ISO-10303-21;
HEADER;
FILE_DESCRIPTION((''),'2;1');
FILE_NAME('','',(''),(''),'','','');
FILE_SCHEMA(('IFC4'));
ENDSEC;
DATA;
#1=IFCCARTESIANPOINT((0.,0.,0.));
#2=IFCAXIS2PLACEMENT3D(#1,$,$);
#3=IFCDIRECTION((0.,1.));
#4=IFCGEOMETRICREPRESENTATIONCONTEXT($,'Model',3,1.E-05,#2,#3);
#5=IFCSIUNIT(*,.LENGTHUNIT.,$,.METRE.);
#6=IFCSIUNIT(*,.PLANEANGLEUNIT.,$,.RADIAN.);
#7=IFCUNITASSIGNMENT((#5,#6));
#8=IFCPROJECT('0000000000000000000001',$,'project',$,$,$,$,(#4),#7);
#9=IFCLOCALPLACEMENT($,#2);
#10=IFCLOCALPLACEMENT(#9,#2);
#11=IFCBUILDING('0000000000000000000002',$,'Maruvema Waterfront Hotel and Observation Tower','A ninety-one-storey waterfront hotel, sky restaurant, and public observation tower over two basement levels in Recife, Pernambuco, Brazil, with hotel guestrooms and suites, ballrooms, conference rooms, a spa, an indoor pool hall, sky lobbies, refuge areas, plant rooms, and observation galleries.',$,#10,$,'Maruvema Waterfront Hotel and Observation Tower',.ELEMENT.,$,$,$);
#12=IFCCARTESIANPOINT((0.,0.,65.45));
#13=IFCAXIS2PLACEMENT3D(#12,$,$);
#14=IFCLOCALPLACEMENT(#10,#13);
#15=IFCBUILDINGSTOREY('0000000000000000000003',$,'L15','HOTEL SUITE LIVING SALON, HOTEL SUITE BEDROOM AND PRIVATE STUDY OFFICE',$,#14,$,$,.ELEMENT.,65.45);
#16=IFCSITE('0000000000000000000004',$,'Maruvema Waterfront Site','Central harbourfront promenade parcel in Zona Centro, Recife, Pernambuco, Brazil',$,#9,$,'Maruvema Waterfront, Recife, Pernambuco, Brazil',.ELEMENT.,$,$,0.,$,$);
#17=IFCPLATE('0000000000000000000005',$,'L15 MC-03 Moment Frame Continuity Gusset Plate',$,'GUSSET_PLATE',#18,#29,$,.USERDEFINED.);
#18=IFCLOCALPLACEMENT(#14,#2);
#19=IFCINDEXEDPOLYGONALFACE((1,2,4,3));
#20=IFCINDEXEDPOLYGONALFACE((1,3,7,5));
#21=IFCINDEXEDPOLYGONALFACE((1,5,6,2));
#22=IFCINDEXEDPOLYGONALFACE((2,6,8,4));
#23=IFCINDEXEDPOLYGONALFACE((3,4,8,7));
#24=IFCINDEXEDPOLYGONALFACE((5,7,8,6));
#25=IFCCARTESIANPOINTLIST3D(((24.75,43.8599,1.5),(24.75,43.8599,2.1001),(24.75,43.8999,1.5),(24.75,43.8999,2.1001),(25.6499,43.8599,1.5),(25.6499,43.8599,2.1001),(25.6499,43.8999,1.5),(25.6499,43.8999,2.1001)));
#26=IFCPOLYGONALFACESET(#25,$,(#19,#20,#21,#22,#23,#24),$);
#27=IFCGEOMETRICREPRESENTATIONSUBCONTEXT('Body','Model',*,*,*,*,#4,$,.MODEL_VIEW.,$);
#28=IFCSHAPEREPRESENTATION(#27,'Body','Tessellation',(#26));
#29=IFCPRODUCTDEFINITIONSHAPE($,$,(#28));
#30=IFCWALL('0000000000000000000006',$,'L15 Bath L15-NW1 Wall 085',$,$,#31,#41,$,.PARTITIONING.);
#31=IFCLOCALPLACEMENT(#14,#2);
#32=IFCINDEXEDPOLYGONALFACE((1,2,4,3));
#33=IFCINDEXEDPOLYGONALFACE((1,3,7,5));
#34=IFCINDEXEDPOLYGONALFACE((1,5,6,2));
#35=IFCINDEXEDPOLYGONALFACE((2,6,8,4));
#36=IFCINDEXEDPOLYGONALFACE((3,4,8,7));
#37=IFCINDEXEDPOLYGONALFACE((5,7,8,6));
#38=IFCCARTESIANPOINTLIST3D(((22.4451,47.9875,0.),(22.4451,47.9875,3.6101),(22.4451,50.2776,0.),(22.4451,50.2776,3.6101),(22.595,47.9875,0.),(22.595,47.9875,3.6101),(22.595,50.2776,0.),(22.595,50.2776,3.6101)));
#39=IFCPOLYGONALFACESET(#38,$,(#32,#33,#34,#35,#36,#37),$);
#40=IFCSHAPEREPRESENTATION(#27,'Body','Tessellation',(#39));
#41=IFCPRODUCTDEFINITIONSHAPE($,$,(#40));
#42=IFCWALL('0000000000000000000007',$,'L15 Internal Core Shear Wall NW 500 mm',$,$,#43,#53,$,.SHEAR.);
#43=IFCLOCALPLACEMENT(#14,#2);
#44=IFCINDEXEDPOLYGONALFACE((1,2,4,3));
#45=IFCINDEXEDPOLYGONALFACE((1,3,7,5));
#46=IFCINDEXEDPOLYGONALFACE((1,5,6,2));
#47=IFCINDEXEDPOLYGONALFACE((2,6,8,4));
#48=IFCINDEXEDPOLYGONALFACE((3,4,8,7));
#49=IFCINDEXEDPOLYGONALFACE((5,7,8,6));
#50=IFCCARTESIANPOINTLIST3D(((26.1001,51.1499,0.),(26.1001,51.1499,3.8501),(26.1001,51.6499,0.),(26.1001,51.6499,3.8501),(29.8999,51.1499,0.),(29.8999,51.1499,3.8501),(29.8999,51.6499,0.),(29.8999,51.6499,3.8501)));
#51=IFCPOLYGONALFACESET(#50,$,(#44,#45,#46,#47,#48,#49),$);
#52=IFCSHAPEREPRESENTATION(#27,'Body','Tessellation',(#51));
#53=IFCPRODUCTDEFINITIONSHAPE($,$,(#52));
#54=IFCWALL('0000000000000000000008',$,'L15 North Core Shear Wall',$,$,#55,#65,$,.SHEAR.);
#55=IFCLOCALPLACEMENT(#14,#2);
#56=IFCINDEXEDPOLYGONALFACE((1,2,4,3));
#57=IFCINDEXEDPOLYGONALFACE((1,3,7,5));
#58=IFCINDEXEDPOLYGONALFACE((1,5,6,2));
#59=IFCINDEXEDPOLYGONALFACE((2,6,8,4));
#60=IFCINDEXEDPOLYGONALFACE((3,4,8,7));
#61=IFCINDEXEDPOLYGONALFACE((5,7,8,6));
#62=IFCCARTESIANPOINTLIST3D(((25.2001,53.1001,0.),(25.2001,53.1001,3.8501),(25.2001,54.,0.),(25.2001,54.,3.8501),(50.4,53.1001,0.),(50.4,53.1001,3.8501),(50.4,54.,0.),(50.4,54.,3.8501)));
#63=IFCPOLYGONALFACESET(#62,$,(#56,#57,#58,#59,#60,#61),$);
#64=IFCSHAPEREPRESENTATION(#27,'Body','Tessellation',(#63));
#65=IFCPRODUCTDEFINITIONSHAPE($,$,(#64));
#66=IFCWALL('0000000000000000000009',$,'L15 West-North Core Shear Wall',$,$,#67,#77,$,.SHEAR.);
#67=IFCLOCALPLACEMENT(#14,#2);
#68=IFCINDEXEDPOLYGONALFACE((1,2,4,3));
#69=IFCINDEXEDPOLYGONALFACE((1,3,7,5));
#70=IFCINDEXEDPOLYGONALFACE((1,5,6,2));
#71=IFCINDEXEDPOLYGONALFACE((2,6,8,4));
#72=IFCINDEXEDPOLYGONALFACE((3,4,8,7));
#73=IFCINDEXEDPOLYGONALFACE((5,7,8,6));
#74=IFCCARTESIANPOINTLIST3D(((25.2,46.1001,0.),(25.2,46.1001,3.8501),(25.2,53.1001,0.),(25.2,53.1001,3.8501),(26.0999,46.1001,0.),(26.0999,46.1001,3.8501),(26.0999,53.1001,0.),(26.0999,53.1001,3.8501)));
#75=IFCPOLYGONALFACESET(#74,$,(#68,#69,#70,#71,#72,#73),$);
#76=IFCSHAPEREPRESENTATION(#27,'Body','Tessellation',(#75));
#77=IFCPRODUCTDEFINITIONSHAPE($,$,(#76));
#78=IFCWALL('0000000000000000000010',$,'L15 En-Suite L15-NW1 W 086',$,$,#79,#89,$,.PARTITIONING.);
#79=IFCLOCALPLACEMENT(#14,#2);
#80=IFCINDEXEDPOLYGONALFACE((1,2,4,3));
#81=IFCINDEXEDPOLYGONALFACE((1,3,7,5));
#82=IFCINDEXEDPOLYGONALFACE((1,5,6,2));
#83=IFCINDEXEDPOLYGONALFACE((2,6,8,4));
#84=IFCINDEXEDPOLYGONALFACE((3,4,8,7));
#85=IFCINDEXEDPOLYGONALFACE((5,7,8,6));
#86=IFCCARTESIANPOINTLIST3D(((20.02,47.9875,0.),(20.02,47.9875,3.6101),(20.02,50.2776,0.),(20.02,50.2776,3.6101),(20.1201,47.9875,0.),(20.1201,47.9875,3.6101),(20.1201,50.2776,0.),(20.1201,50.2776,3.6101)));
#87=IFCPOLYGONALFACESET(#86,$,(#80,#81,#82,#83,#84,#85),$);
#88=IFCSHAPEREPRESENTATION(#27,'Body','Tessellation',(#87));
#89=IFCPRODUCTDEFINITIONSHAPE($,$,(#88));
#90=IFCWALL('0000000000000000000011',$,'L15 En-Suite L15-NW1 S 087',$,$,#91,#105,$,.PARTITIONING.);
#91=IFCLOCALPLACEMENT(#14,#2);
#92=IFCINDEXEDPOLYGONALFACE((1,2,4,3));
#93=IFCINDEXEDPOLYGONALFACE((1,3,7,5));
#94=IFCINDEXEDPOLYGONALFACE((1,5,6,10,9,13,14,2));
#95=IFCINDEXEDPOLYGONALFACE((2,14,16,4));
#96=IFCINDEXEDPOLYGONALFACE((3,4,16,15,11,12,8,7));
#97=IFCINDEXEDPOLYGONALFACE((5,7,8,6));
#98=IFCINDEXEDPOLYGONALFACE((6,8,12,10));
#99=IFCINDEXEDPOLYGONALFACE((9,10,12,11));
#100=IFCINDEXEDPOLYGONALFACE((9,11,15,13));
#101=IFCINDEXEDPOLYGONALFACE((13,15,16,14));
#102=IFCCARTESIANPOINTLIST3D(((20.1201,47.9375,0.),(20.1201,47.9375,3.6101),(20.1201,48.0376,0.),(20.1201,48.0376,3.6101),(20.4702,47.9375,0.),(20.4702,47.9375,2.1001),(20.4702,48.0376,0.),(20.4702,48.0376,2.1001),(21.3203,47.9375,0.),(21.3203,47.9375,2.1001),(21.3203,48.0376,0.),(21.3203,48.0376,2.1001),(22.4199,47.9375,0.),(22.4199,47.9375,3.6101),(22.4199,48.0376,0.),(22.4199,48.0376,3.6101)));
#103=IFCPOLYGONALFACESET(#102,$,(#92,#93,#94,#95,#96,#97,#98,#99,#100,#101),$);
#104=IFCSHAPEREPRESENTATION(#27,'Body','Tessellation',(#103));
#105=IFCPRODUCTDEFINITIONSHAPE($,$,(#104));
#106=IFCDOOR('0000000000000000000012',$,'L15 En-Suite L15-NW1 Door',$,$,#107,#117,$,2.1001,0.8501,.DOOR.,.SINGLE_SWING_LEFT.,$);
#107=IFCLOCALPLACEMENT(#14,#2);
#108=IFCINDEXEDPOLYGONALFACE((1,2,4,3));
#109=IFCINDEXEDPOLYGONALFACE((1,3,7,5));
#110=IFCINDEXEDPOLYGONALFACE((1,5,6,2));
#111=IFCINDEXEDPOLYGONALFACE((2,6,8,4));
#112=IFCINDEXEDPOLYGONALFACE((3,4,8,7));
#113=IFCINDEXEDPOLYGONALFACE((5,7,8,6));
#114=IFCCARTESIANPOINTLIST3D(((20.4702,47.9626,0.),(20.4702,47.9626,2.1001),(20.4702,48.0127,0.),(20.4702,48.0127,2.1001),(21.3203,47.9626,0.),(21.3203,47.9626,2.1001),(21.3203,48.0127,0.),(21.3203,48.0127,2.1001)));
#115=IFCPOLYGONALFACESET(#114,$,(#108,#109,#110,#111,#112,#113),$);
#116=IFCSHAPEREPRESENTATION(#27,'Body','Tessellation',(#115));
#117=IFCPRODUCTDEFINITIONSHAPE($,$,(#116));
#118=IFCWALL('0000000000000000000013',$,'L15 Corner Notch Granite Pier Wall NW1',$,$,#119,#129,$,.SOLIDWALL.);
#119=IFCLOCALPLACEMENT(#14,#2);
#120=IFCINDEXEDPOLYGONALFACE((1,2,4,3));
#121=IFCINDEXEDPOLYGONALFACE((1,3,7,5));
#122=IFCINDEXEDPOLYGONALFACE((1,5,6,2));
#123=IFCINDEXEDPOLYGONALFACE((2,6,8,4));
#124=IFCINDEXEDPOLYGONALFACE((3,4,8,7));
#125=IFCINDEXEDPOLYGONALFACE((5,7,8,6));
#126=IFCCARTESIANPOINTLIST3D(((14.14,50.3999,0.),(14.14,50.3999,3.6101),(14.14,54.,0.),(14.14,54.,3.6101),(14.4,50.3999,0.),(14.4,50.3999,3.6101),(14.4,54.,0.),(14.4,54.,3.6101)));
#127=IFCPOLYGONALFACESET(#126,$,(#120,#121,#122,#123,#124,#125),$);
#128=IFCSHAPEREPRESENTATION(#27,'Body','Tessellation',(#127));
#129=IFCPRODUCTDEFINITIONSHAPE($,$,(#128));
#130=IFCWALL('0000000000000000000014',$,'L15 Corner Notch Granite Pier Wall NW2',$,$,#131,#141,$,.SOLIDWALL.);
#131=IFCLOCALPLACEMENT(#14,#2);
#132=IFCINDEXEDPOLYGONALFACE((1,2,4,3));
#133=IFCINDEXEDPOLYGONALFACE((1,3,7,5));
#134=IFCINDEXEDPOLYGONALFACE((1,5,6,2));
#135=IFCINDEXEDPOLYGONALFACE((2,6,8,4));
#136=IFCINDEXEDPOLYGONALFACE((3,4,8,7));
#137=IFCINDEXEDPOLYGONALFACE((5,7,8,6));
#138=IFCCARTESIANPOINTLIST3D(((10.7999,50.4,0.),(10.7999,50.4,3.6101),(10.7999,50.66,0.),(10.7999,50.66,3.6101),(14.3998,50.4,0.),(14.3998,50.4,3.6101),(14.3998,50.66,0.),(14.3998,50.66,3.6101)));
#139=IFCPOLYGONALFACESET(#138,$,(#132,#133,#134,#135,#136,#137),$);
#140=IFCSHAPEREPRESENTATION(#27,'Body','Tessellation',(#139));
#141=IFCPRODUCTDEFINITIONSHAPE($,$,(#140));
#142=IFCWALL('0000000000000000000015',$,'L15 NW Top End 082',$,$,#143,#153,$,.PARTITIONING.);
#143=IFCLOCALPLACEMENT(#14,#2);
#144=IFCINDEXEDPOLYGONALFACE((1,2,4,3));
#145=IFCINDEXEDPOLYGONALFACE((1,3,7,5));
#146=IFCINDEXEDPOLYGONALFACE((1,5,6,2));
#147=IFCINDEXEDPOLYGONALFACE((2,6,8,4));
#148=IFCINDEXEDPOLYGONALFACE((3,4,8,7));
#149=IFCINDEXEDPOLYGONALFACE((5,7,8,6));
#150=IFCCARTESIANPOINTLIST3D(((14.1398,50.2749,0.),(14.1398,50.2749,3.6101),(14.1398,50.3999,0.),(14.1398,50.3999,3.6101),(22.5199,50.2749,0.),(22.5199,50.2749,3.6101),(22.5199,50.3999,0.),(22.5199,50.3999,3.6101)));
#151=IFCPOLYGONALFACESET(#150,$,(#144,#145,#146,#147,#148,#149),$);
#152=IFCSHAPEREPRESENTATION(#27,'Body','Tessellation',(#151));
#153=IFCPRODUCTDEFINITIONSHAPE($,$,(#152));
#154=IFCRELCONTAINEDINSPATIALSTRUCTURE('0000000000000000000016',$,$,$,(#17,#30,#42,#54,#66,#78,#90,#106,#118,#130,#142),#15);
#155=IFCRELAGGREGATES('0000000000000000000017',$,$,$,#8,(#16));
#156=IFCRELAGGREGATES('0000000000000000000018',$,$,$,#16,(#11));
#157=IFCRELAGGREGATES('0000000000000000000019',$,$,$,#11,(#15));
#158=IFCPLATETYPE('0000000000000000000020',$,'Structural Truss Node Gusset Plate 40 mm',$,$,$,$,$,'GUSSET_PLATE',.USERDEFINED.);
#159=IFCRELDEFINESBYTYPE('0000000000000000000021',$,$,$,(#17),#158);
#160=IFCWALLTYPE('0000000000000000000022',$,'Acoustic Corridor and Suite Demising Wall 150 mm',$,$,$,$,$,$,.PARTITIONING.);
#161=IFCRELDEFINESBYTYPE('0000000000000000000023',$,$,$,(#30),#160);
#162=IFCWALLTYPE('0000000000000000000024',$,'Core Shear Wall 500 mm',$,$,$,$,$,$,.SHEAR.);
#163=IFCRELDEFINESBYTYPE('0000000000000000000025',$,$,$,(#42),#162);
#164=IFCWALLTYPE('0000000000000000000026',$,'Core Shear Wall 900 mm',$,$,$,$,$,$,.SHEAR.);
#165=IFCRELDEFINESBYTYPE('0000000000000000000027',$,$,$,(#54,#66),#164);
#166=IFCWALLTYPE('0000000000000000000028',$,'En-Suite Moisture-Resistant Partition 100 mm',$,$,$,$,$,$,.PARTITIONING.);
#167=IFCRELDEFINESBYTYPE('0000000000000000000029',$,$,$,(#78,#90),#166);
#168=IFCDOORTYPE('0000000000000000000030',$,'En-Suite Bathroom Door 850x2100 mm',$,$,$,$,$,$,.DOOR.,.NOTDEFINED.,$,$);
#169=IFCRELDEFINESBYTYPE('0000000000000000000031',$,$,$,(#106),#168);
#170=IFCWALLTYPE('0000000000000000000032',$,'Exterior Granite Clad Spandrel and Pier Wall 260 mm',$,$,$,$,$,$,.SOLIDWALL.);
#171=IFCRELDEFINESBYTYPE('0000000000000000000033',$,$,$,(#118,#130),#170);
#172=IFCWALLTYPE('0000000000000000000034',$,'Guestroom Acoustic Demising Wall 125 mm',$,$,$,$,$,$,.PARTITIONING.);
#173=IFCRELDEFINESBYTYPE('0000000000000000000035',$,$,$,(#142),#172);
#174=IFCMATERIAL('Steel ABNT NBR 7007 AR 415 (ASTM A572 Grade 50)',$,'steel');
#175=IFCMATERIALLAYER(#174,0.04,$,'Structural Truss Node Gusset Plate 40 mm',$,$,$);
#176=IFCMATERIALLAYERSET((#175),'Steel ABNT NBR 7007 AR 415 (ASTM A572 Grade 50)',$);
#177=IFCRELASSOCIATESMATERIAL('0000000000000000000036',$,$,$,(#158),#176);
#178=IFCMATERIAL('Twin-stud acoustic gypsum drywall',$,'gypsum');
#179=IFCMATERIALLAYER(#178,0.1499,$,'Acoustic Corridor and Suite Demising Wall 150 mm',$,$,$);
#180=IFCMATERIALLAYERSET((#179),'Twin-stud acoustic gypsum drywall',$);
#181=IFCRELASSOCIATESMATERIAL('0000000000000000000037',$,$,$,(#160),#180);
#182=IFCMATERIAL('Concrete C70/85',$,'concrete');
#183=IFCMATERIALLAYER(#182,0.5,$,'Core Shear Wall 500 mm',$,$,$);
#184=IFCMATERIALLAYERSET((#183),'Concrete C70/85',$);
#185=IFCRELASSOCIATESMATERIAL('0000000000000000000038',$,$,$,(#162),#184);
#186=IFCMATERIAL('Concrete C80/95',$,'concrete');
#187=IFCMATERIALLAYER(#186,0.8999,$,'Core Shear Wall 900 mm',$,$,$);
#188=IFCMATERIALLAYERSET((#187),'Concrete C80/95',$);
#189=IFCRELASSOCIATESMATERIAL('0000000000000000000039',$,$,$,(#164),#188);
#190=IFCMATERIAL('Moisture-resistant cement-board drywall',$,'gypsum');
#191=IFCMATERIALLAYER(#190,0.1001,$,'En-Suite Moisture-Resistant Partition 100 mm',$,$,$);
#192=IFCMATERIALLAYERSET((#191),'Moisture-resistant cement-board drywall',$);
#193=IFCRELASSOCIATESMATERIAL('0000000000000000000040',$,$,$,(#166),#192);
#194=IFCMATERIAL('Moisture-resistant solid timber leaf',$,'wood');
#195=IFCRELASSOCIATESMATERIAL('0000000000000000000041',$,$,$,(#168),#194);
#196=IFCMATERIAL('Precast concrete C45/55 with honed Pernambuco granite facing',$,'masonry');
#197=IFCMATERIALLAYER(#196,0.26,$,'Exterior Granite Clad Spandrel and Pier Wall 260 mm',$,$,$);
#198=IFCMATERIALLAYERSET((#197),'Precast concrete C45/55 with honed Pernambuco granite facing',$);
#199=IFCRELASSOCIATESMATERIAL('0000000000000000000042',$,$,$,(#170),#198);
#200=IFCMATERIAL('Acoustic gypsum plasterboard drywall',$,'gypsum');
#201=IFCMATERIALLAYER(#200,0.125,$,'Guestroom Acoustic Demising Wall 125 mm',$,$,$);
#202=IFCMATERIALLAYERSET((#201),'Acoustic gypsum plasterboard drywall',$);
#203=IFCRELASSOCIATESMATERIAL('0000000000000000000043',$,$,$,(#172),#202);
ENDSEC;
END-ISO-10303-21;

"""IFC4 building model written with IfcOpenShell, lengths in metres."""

from ifc_helpers import new_model, si_unit, direction, frame, frame_2d, origin, origin_2d, place, context, subcontext, project, spatial, rectangle, extrude, material, layer, layer_set, type_object, element, fill, save


model = new_model("IFC4")

# Units and contexts
model_context = context("Model", 3, precision=1e-05, world=origin(), true_north=direction((0.0, 1.0)))
body_context = subcontext(model_context, "Body", "Model", "MODEL_VIEW")
ifc_project = project(units=[si_unit("LENGTHUNIT", "METRE"), si_unit("PLANEANGLEUNIT", "RADIAN")], contexts=[model_context])

# Site, building, storey
site_placement = place(None, origin())
site = spatial("IfcSite", under=ifc_project, at=site_placement, Name="Maruvema Waterfront Site", Description="Central harbourfront promenade parcel in Zona Centro, Recife, Pernambuco, Brazil", LongName="Maruvema Waterfront, Recife, Pernambuco, Brazil", CompositionType="ELEMENT", RefElevation=0.0)
building_placement = place(site_placement, origin())
building = spatial("IfcBuilding", under=site, at=building_placement, Name="Maruvema Waterfront Hotel and Observation Tower", Description="A ninety-one-storey waterfront hotel, sky restaurant, and public observation tower over two basement levels in Recife, Pernambuco, Brazil, with hotel guestrooms and suites, ballrooms, conference rooms, a spa, an indoor pool hall, sky lobbies, refuge areas, plant rooms, and observation galleries.", LongName="Maruvema Waterfront Hotel and Observation Tower", CompositionType="ELEMENT")
storey_placement = place(building_placement, frame((0.0, 0.0, 65.45)))
storey = spatial("IfcBuildingStorey", under=building, at=storey_placement, Name="L15", Description="HOTEL SUITE LIVING SALON, HOTEL SUITE BEDROOM AND PRIVATE STUDY OFFICE", CompositionType="ELEMENT", Elevation=65.45)

# Plate
ifc_material_1 = material(Name="Steel ABNT NBR 7007 AR 415 (ASTM A572 Grade 50)", Category="steel")
ifc_layer_1 = layer(ifc_material_1, 0.04, Name="Structural Truss Node Gusset Plate 40 mm")
ifc_layer_set_1 = layer_set([ifc_layer_1], Name="Steel ABNT NBR 7007 AR 415 (ASTM A572 Grade 50)")
plate_type_1 = type_object("IfcPlateType", Name="Structural Truss Node Gusset Plate 40 mm", ElementType="GUSSET_PLATE", PredefinedType="USERDEFINED", material=ifc_layer_set_1)
plate_1_placement = place(storey_placement, frame((25.2, 43.8799, 1.5), z_axis=(0.0, 0.0, 1.0), x_axis=(1.0, 0.0, 0.0)))
element("IfcPlate", 1, at=plate_1_placement, inside=storey, type_object=plate_type_1, Name="L15 MC-03 Moment Frame Continuity Gusset Plate", ObjectType="GUSSET_PLATE", PredefinedType="USERDEFINED", context=body_context, shape_type="SweptSolid", body=[
    extrude(rectangle(XDim=0.8999, YDim=0.04, at=origin_2d()), origin(), (0.0, 0.0, 1.0), 0.6001),
])

# Walls
ifc_material_2 = material(Name="Twin-stud acoustic gypsum drywall", Category="gypsum")
ifc_layer_2 = layer(ifc_material_2, 0.1499, Name="Acoustic Corridor and Suite Demising Wall 150 mm")
ifc_layer_set_2 = layer_set([ifc_layer_2], Name="Twin-stud acoustic gypsum drywall")
wall_type_1 = type_object("IfcWallType", Name="Acoustic Corridor and Suite Demising Wall 150 mm", PredefinedType="PARTITIONING", material=ifc_layer_set_2)
wall_1_placement = place(storey_placement, frame((22.52, 47.9875, 0.0), z_axis=(0.0, 0.0, 1.0), x_axis=(0.0, 1.0, 0.0)))
element("IfcWall", 2, at=wall_1_placement, inside=storey, type_object=wall_type_1, Name="L15 Bath L15-NW1 Wall 085", PredefinedType="PARTITIONING", context=body_context, shape_type="SweptSolid", body=[
    extrude(rectangle(XDim=2.29, YDim=0.1499, at=frame_2d((1.145, 0.0))), origin(), (0.0, 0.0, 1.0), 3.6101),
])
ifc_material_3 = material(Name="Concrete C70/85", Category="concrete")
ifc_layer_3 = layer(ifc_material_3, 0.5, Name="Core Shear Wall 500 mm")
ifc_layer_set_3 = layer_set([ifc_layer_3], Name="Concrete C70/85")
wall_type_2 = type_object("IfcWallType", Name="Core Shear Wall 500 mm", PredefinedType="SHEAR", material=ifc_layer_set_3)
wall_2_placement = place(storey_placement, frame((26.1001, 51.3999, 0.0), z_axis=(0.0, 0.0, 1.0), x_axis=(1.0, 0.0, 0.0)))
element("IfcWall", 3, at=wall_2_placement, inside=storey, type_object=wall_type_2, Name="L15 Internal Core Shear Wall NW 500 mm", PredefinedType="SHEAR", context=body_context, shape_type="SweptSolid", body=[
    extrude(rectangle(XDim=3.7998, YDim=0.5, at=frame_2d((1.8999, 0.0))), origin(), (0.0, 0.0, 1.0), 3.8501),
])
ifc_material_4 = material(Name="Concrete C80/95", Category="concrete")
ifc_layer_4 = layer(ifc_material_4, 0.8999, Name="Core Shear Wall 900 mm")
ifc_layer_set_4 = layer_set([ifc_layer_4], Name="Concrete C80/95")
wall_type_3 = type_object("IfcWallType", Name="Core Shear Wall 900 mm", PredefinedType="SHEAR", material=ifc_layer_set_4)
wall_3_placement = place(storey_placement, frame((25.2, 53.55, 0.0), z_axis=(0.0, 0.0, 1.0), x_axis=(1.0, 0.0, 0.0)))
element("IfcWall", 4, at=wall_3_placement, inside=storey, type_object=wall_type_3, Name="L15 North Core Shear Wall", PredefinedType="SHEAR", context=body_context, shape_type="SweptSolid", body=[
    extrude(rectangle(XDim=25.2, YDim=0.8999, at=frame_2d((12.6001, 0.0))), origin(), (0.0, 0.0, 1.0), 3.8501),
])
wall_4_placement = place(storey_placement, frame((25.6499, 46.1001, 0.0), z_axis=(0.0, 0.0, 1.0), x_axis=(0.0, 1.0, 0.0)))
element("IfcWall", 5, at=wall_4_placement, inside=storey, type_object=wall_type_3, Name="L15 West-North Core Shear Wall", PredefinedType="SHEAR", context=body_context, shape_type="SweptSolid", body=[
    extrude(rectangle(XDim=7.0, YDim=0.8999, at=frame_2d((3.5, 0.0))), origin(), (0.0, 0.0, 1.0), 3.8501),
])
ifc_material_5 = material(Name="Moisture-resistant cement-board drywall", Category="gypsum")
ifc_layer_5 = layer(ifc_material_5, 0.1001, Name="En-Suite Moisture-Resistant Partition 100 mm")
ifc_layer_set_5 = layer_set([ifc_layer_5], Name="Moisture-resistant cement-board drywall")
wall_type_4 = type_object("IfcWallType", Name="En-Suite Moisture-Resistant Partition 100 mm", PredefinedType="PARTITIONING", material=ifc_layer_set_5)
wall_5_placement = place(storey_placement, frame((20.0701, 47.9875, 0.0), z_axis=(0.0, 0.0, 1.0), x_axis=(0.0, 1.0, 0.0)))
element("IfcWall", 6, at=wall_5_placement, inside=storey, type_object=wall_type_4, Name="L15 En-Suite L15-NW1 W 086", PredefinedType="PARTITIONING", context=body_context, shape_type="SweptSolid", body=[
    extrude(rectangle(XDim=2.29, YDim=0.1001, at=frame_2d((1.145, 0.0))), origin(), (0.0, 0.0, 1.0), 3.6101),
])

# Wall, opening, door
wall_6_placement = place(storey_placement, frame((20.1201, 47.9875, 0.0), z_axis=(0.0, 0.0, 1.0), x_axis=(1.0, 0.0, 0.0)))
wall_6 = element("IfcWall", 7, at=wall_6_placement, inside=storey, type_object=wall_type_4, Name="L15 En-Suite L15-NW1 S 087", PredefinedType="PARTITIONING", context=body_context, shape_type="SweptSolid", body=[
    extrude(rectangle(XDim=2.2998, YDim=0.1001, at=frame_2d((1.1499, 0.0))), origin(), (0.0, 0.0, 1.0), 3.6101),
])
opening_placement = place(wall_6_placement, frame((0.3501, 0.0, 0.0)))
opening = element("IfcOpeningElement", 8, at=opening_placement, cuts=wall_6, PredefinedType="OPENING", context=body_context, shape_type="SweptSolid", body=[
    extrude(rectangle(XDim=0.8501, YDim=2.1001, at=frame_2d((0.425, 1.05))), frame((0.0, 0.0601, 0.0), z_axis=(0.0, -1.0, 0.0), x_axis=(1.0, 0.0, 0.0)), (0.0, 0.0, 1.0), 0.1201),
])
ifc_material_6 = material(Name="Moisture-resistant solid timber leaf", Category="wood")
door_type = type_object("IfcDoorType", Name="En-Suite Bathroom Door 850x2100 mm", OperationType="NOTDEFINED", PredefinedType="DOOR", material=ifc_material_6)
door_placement = place(opening_placement, frame((0.8501, 0.0, 0.0), z_axis=(0.0, 0.0, 1.0), x_axis=(-1.0, 0.0, 0.0)))
door = element("IfcDoor", 9, at=door_placement, inside=storey, type_object=door_type, Name="L15 En-Suite L15-NW1 Door", OperationType="SINGLE_SWING_LEFT", OverallHeight=2.1001, OverallWidth=0.8501, PredefinedType="DOOR", context=body_context, shape_type="SweptSolid", body=[
    extrude(rectangle(XDim=0.8501, YDim=2.1001, at=frame_2d((0.425, 1.05))), frame((0.0, 0.0249, 0.0), z_axis=(0.0, -1.0, 0.0), x_axis=(1.0, 0.0, 0.0)), (0.0, 0.0, 1.0), 0.05),
])
fill(opening, door)

# Walls
ifc_material_7 = material(Name="Precast concrete C45/55 with honed Pernambuco granite facing", Category="masonry")
ifc_layer_6 = layer(ifc_material_7, 0.26, Name="Exterior Granite Clad Spandrel and Pier Wall 260 mm")
ifc_layer_set_6 = layer_set([ifc_layer_6], Name="Precast concrete C45/55 with honed Pernambuco granite facing")
wall_type_5 = type_object("IfcWallType", Name="Exterior Granite Clad Spandrel and Pier Wall 260 mm", PredefinedType="SOLIDWALL", material=ifc_layer_set_6)
wall_7_placement = place(storey_placement, frame((14.27, 50.3999, 0.0), z_axis=(0.0, 0.0, 1.0), x_axis=(0.0, 1.0, 0.0)))
element("IfcWall", 10, at=wall_7_placement, inside=storey, type_object=wall_type_5, Name="L15 Corner Notch Granite Pier Wall NW1", PredefinedType="SOLIDWALL", context=body_context, shape_type="SweptSolid", body=[
    extrude(rectangle(XDim=3.6001, YDim=0.26, at=frame_2d((1.8, 0.0))), origin(), (0.0, 0.0, 1.0), 3.6101),
])
wall_8_placement = place(storey_placement, frame((10.8, 50.53, 0.0), z_axis=(0.0, 0.0, 1.0), x_axis=(1.0, 0.0, 0.0)))
element("IfcWall", 11, at=wall_8_placement, inside=storey, type_object=wall_type_5, Name="L15 Corner Notch Granite Pier Wall NW2", PredefinedType="SOLIDWALL", context=body_context, shape_type="SweptSolid", body=[
    extrude(rectangle(XDim=3.5999, YDim=0.26, at=frame_2d((1.7998, 0.0))), origin(), (0.0, 0.0, 1.0), 3.6101),
])
ifc_material_8 = material(Name="Acoustic gypsum plasterboard drywall", Category="gypsum")
ifc_layer_7 = layer(ifc_material_8, 0.125, Name="Guestroom Acoustic Demising Wall 125 mm")
ifc_layer_set_7 = layer_set([ifc_layer_7], Name="Acoustic gypsum plasterboard drywall")
wall_type_6 = type_object("IfcWallType", Name="Guestroom Acoustic Demising Wall 125 mm", PredefinedType="PARTITIONING", material=ifc_layer_set_7)
wall_9_placement = place(storey_placement, frame((14.1399, 50.3374, 0.0), z_axis=(0.0, 0.0, 1.0), x_axis=(1.0, 0.0, 0.0)))
element("IfcWall", 12, at=wall_9_placement, inside=storey, type_object=wall_type_6, Name="L15 NW Top End 082", PredefinedType="PARTITIONING", context=body_context, shape_type="SweptSolid", body=[
    extrude(rectangle(XDim=8.3801, YDim=0.125, at=frame_2d((4.1899, 0.0))), origin(), (0.0, 0.0, 1.0), 3.6101),
])

save(model, "model.ifc")
